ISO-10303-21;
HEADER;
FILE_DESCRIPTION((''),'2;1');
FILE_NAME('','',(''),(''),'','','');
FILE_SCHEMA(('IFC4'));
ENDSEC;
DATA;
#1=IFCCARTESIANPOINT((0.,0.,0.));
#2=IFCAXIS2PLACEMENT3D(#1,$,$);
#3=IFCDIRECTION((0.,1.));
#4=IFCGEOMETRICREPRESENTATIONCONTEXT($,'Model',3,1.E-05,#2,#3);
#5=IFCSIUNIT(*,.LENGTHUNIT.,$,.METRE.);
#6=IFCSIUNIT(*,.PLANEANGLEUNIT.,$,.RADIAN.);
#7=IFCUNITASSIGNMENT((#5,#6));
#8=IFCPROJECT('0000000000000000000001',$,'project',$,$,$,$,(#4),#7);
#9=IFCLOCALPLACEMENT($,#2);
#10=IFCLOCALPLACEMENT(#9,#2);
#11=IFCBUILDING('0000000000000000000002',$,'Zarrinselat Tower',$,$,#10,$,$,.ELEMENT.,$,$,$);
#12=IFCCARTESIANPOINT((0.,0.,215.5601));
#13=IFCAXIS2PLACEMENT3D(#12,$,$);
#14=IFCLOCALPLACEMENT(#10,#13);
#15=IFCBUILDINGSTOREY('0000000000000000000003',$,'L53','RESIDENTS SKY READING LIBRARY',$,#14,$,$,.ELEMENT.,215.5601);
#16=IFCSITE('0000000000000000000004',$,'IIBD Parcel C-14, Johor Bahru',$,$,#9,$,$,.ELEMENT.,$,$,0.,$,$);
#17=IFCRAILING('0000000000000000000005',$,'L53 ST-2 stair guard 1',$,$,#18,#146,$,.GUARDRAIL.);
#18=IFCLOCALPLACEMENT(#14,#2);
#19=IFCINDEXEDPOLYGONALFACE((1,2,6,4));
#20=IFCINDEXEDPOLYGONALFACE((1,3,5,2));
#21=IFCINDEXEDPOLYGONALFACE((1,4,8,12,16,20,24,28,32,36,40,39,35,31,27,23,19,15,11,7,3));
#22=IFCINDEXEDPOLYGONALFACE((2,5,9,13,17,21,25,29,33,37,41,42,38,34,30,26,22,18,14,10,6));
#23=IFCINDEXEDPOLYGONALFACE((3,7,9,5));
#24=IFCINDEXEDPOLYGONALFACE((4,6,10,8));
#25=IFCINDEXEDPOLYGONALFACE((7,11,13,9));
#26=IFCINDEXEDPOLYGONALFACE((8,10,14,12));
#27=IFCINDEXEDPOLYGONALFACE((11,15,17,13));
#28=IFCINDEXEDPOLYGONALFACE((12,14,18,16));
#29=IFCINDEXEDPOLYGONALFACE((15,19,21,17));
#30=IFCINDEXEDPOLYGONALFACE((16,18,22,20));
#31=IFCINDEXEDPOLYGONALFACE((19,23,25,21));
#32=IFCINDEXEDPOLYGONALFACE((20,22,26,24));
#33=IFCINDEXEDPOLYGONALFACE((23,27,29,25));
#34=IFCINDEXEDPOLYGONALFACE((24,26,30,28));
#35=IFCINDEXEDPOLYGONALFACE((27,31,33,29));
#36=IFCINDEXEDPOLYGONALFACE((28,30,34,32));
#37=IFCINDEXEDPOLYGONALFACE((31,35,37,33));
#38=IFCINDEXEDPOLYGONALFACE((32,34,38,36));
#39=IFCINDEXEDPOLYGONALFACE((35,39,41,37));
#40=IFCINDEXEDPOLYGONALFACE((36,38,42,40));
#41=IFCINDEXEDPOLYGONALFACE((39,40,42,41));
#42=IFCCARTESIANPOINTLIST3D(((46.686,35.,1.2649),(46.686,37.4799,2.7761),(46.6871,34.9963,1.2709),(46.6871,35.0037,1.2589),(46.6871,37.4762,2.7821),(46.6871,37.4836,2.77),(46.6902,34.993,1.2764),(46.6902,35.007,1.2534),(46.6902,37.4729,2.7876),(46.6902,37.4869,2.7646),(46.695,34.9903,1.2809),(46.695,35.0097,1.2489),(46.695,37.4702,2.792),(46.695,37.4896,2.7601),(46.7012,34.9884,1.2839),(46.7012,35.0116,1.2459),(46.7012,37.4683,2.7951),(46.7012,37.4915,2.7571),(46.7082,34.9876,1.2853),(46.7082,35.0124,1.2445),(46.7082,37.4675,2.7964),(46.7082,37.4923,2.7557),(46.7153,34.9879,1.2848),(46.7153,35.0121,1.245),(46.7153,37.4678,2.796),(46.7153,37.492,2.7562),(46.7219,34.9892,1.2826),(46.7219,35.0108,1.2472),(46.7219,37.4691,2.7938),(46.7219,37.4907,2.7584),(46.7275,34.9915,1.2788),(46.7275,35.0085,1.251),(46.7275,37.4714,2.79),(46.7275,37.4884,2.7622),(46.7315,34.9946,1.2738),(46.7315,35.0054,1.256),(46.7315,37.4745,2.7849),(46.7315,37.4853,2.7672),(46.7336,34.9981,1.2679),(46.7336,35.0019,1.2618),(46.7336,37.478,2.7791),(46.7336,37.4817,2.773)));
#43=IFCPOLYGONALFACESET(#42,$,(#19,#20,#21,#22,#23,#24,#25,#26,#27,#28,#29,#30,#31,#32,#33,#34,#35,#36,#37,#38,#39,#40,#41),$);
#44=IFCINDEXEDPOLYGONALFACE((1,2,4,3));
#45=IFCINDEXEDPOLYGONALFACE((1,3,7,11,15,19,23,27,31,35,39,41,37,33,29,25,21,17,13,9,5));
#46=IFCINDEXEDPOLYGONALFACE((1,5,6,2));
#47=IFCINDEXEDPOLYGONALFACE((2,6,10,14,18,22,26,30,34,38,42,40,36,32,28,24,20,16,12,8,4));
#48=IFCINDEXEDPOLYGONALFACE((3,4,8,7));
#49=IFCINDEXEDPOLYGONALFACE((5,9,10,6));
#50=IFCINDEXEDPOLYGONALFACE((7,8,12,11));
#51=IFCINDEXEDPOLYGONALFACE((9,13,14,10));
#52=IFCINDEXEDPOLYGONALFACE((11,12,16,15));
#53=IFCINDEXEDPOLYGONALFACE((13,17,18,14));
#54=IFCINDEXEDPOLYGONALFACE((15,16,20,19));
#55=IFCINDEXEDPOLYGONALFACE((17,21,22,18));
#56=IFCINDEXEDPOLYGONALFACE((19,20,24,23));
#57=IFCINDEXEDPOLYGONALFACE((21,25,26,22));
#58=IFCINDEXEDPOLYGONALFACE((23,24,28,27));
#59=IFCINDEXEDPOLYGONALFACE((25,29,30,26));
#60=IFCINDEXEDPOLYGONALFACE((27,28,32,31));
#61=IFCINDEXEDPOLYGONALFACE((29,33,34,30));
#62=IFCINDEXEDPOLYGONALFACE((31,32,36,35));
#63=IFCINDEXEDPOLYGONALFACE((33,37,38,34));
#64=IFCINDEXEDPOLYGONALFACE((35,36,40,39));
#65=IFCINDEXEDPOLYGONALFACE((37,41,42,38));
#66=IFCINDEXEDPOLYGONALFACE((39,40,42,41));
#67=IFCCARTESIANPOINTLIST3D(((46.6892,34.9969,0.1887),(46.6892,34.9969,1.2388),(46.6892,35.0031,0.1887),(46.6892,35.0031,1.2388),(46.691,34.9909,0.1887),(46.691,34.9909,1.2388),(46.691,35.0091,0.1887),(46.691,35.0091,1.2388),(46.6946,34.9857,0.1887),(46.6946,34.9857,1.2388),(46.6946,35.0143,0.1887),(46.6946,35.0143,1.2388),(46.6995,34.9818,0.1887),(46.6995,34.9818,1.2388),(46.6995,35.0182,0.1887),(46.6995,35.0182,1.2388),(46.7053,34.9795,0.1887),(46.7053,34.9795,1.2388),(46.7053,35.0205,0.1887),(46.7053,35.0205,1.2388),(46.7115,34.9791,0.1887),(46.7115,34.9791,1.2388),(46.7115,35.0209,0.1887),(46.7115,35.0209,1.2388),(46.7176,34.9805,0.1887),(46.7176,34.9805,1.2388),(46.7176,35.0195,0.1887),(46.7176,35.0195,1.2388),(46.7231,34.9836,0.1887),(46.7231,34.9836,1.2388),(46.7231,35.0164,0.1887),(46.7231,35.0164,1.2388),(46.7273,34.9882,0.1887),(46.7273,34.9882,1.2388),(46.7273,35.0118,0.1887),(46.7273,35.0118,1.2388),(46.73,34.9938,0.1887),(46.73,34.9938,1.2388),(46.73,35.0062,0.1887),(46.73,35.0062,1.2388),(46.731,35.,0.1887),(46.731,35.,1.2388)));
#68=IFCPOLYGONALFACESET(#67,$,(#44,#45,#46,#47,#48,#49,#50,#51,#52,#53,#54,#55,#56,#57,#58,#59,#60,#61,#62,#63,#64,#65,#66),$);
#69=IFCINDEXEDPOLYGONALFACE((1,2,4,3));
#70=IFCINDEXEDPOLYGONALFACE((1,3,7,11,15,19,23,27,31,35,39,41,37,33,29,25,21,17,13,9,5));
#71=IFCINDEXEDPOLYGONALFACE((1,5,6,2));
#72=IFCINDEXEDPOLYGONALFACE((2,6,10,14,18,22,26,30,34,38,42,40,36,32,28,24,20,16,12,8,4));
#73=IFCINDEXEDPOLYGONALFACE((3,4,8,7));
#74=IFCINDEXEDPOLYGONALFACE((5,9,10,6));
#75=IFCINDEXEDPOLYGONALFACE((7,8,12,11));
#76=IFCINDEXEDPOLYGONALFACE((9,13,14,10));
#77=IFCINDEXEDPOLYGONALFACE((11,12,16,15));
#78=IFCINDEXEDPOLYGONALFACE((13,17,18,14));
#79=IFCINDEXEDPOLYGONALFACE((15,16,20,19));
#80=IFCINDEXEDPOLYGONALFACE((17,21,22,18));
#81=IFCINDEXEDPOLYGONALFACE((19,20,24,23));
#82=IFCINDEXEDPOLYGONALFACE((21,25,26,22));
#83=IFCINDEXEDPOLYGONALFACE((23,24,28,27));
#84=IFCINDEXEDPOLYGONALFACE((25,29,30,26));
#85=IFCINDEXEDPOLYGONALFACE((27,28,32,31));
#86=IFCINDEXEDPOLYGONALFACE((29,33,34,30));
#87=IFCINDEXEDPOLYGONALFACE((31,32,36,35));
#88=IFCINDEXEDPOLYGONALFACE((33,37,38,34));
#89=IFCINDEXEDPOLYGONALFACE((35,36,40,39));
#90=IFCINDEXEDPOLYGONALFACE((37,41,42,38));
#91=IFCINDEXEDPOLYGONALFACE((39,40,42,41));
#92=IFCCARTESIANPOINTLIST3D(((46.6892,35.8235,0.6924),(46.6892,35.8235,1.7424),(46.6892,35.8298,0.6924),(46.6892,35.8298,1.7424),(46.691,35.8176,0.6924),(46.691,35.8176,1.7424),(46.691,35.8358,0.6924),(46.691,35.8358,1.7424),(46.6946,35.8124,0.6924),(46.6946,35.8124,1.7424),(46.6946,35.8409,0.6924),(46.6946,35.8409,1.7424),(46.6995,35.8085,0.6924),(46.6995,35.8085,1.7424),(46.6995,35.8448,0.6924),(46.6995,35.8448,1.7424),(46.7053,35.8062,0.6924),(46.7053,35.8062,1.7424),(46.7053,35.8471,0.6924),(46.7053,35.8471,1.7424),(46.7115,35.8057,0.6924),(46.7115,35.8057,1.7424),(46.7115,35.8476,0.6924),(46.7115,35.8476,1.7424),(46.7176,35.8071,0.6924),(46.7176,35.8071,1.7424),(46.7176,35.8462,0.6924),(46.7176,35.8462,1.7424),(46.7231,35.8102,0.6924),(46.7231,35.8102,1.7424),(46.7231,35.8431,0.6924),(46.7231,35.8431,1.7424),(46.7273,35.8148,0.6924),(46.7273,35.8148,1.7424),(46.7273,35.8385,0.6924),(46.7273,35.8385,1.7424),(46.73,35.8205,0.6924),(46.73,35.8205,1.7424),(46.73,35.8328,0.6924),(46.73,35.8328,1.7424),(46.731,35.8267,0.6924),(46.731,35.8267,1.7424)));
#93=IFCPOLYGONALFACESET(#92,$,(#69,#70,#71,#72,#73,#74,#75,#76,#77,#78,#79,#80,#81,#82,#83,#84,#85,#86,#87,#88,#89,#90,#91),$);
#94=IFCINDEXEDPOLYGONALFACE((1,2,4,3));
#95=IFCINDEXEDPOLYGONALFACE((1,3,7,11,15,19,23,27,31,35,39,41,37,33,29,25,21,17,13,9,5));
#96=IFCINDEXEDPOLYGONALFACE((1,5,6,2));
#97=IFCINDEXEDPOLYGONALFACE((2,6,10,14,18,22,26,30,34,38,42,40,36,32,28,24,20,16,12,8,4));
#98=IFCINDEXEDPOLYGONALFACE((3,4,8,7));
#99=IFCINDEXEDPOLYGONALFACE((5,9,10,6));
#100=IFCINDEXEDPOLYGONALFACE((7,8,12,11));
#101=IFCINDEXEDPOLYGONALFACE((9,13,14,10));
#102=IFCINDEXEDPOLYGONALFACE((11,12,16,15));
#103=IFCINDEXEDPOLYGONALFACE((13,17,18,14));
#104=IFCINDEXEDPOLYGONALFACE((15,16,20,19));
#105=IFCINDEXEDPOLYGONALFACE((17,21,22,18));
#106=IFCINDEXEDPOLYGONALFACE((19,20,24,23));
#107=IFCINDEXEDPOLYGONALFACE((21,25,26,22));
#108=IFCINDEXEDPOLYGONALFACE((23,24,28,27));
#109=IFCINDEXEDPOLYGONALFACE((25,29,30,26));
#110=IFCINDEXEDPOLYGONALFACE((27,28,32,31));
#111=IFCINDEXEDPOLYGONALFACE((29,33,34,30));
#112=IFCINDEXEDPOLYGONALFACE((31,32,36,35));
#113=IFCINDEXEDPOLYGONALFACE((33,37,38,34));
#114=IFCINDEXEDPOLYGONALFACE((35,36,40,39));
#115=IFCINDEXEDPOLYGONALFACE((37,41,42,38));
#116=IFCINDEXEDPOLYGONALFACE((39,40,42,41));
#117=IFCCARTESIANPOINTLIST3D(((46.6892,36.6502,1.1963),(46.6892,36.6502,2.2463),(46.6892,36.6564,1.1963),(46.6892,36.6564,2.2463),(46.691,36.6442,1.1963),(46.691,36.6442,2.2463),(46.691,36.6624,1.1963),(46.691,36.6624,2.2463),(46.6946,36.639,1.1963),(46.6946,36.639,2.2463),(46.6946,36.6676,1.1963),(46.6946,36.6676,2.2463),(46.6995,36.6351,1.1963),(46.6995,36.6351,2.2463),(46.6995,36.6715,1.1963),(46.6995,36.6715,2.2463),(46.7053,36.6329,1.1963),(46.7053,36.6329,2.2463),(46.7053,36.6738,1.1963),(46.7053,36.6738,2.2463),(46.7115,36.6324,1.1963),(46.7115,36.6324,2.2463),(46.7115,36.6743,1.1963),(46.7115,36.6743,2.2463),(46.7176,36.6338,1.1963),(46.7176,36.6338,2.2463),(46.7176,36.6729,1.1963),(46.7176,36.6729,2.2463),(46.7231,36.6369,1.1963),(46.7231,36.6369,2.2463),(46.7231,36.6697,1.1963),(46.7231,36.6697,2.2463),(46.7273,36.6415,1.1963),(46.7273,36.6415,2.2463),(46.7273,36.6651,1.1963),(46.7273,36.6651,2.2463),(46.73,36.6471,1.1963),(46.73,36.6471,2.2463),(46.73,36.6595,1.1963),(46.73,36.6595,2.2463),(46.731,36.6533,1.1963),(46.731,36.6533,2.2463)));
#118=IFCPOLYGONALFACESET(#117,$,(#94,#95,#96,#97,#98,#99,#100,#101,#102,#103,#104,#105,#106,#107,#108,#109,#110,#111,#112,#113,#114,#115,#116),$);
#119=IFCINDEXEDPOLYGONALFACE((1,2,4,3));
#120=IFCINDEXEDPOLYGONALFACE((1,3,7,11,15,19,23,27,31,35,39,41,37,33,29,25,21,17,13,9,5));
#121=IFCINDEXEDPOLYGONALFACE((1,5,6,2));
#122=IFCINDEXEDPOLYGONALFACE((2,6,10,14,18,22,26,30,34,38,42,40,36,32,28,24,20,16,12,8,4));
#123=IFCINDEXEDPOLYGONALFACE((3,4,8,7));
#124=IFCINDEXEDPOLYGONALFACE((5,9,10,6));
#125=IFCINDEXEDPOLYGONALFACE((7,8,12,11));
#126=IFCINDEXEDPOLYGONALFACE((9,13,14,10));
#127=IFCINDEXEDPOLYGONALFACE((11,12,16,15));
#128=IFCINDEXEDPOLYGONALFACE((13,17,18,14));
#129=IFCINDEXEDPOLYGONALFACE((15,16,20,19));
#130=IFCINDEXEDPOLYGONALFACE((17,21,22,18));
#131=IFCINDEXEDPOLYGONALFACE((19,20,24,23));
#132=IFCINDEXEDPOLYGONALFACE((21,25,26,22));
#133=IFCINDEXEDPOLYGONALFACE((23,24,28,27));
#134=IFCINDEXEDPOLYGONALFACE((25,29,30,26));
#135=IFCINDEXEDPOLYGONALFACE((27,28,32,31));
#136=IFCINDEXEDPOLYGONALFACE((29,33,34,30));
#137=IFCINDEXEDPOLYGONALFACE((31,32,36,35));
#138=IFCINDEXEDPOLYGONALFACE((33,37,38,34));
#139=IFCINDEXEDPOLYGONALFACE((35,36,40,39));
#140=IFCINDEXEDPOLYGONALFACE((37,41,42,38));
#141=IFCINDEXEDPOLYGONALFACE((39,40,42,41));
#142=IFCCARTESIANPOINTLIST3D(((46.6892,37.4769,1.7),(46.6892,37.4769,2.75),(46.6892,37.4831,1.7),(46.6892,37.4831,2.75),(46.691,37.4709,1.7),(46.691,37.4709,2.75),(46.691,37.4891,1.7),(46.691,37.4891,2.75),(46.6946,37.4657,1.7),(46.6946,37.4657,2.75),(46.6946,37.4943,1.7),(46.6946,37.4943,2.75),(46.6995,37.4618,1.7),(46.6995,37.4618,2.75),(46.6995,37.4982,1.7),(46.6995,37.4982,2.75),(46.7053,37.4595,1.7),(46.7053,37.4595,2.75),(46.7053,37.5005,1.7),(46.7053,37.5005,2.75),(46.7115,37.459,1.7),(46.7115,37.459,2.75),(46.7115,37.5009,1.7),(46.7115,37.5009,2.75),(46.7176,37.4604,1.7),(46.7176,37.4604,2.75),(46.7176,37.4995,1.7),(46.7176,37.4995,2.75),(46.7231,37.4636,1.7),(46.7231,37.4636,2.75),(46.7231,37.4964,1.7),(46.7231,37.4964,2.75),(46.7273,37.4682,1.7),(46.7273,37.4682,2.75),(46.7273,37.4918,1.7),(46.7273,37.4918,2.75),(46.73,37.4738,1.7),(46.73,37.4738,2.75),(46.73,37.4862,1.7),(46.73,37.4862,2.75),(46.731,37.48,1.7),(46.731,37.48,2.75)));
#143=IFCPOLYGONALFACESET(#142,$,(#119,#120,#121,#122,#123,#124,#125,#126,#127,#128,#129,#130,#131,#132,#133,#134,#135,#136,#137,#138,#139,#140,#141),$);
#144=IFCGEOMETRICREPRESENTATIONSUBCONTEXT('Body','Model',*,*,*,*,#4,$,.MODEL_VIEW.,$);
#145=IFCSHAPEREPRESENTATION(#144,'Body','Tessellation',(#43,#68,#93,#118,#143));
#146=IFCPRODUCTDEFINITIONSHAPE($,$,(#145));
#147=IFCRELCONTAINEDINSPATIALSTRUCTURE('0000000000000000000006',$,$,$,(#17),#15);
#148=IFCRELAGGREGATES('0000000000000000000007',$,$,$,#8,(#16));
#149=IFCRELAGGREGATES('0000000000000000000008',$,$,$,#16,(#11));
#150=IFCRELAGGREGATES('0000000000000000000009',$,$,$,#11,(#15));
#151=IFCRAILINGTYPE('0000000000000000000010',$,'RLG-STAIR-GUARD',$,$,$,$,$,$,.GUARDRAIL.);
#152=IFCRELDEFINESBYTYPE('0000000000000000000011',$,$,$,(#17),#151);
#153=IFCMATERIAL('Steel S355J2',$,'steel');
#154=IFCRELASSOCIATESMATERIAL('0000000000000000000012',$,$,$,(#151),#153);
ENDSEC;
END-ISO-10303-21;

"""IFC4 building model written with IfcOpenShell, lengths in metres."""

from ifc_helpers import new_model, si_unit, direction, frame, origin, origin_2d, place, context, subcontext, project, spatial, circle, extrude, material, type_object, element, save


model = new_model("IFC4")

# Units and contexts
model_context = context("Model", 3, precision=1e-05, world=origin(), true_north=direction((0.0, 1.0)))
body_context = subcontext(model_context, "Body", "Model", "MODEL_VIEW")
ifc_project = project(units=[si_unit("LENGTHUNIT", "METRE"), si_unit("PLANEANGLEUNIT", "RADIAN")], contexts=[model_context])

# Site, building, storey
site_placement = place(None, origin())
site = spatial("IfcSite", under=ifc_project, at=site_placement, Name="IIBD Parcel C-14, Johor Bahru", CompositionType="ELEMENT", RefElevation=0.0)
building_placement = place(site_placement, origin())
building = spatial("IfcBuilding", under=site, at=building_placement, Name="Zarrinselat Tower", CompositionType="ELEMENT")
storey_placement = place(building_placement, frame((0.0, 0.0, 215.5601)))
storey = spatial("IfcBuildingStorey", under=building, at=storey_placement, Name="L53", Description="RESIDENTS SKY READING LIBRARY", CompositionType="ELEMENT", Elevation=215.5601)

# Railing
ifc_material_1 = material(Name="Steel S355J2", Category="steel")
railing_type_1 = type_object("IfcRailingType", Name="RLG-STAIR-GUARD", PredefinedType="GUARDRAIL", material=ifc_material_1)
railing_1_placement = place(storey_placement, frame((46.71, 35.0, 0.1887)))
element("IfcRailing", 1, at=railing_1_placement, inside=storey, type_object=railing_type_1, Name="L53 ST-2 stair guard 1", PredefinedType="GUARDRAIL", context=body_context, shape_type="SweptSolid", body=[
    extrude(circle(Radius=0.0239, at=origin_2d()), frame((0.0, 0.0, 1.0762), z_axis=(0.0, 0.853942, 0.520368), x_axis=(-1.0, 0.0, 0.0)), (0.0, 0.0, 1.0), 2.9041),
    extrude(circle(Radius=0.021, at=origin_2d()), origin(), (0.0, 0.0, 1.0), 1.05),
    extrude(circle(Radius=0.021, at=origin_2d()), frame((0.0, 0.8267, 0.5037)), (0.0, 0.0, 1.0), 1.05),
    extrude(circle(Radius=0.021, at=origin_2d()), frame((0.0, 1.6533, 1.0076)), (0.0, 0.0, 1.0), 1.05),
    extrude(circle(Radius=0.021, at=origin_2d()), frame((0.0, 2.48, 1.5112)), (0.0, 0.0, 1.0), 1.05),
])

save(model, "model.ifc")
